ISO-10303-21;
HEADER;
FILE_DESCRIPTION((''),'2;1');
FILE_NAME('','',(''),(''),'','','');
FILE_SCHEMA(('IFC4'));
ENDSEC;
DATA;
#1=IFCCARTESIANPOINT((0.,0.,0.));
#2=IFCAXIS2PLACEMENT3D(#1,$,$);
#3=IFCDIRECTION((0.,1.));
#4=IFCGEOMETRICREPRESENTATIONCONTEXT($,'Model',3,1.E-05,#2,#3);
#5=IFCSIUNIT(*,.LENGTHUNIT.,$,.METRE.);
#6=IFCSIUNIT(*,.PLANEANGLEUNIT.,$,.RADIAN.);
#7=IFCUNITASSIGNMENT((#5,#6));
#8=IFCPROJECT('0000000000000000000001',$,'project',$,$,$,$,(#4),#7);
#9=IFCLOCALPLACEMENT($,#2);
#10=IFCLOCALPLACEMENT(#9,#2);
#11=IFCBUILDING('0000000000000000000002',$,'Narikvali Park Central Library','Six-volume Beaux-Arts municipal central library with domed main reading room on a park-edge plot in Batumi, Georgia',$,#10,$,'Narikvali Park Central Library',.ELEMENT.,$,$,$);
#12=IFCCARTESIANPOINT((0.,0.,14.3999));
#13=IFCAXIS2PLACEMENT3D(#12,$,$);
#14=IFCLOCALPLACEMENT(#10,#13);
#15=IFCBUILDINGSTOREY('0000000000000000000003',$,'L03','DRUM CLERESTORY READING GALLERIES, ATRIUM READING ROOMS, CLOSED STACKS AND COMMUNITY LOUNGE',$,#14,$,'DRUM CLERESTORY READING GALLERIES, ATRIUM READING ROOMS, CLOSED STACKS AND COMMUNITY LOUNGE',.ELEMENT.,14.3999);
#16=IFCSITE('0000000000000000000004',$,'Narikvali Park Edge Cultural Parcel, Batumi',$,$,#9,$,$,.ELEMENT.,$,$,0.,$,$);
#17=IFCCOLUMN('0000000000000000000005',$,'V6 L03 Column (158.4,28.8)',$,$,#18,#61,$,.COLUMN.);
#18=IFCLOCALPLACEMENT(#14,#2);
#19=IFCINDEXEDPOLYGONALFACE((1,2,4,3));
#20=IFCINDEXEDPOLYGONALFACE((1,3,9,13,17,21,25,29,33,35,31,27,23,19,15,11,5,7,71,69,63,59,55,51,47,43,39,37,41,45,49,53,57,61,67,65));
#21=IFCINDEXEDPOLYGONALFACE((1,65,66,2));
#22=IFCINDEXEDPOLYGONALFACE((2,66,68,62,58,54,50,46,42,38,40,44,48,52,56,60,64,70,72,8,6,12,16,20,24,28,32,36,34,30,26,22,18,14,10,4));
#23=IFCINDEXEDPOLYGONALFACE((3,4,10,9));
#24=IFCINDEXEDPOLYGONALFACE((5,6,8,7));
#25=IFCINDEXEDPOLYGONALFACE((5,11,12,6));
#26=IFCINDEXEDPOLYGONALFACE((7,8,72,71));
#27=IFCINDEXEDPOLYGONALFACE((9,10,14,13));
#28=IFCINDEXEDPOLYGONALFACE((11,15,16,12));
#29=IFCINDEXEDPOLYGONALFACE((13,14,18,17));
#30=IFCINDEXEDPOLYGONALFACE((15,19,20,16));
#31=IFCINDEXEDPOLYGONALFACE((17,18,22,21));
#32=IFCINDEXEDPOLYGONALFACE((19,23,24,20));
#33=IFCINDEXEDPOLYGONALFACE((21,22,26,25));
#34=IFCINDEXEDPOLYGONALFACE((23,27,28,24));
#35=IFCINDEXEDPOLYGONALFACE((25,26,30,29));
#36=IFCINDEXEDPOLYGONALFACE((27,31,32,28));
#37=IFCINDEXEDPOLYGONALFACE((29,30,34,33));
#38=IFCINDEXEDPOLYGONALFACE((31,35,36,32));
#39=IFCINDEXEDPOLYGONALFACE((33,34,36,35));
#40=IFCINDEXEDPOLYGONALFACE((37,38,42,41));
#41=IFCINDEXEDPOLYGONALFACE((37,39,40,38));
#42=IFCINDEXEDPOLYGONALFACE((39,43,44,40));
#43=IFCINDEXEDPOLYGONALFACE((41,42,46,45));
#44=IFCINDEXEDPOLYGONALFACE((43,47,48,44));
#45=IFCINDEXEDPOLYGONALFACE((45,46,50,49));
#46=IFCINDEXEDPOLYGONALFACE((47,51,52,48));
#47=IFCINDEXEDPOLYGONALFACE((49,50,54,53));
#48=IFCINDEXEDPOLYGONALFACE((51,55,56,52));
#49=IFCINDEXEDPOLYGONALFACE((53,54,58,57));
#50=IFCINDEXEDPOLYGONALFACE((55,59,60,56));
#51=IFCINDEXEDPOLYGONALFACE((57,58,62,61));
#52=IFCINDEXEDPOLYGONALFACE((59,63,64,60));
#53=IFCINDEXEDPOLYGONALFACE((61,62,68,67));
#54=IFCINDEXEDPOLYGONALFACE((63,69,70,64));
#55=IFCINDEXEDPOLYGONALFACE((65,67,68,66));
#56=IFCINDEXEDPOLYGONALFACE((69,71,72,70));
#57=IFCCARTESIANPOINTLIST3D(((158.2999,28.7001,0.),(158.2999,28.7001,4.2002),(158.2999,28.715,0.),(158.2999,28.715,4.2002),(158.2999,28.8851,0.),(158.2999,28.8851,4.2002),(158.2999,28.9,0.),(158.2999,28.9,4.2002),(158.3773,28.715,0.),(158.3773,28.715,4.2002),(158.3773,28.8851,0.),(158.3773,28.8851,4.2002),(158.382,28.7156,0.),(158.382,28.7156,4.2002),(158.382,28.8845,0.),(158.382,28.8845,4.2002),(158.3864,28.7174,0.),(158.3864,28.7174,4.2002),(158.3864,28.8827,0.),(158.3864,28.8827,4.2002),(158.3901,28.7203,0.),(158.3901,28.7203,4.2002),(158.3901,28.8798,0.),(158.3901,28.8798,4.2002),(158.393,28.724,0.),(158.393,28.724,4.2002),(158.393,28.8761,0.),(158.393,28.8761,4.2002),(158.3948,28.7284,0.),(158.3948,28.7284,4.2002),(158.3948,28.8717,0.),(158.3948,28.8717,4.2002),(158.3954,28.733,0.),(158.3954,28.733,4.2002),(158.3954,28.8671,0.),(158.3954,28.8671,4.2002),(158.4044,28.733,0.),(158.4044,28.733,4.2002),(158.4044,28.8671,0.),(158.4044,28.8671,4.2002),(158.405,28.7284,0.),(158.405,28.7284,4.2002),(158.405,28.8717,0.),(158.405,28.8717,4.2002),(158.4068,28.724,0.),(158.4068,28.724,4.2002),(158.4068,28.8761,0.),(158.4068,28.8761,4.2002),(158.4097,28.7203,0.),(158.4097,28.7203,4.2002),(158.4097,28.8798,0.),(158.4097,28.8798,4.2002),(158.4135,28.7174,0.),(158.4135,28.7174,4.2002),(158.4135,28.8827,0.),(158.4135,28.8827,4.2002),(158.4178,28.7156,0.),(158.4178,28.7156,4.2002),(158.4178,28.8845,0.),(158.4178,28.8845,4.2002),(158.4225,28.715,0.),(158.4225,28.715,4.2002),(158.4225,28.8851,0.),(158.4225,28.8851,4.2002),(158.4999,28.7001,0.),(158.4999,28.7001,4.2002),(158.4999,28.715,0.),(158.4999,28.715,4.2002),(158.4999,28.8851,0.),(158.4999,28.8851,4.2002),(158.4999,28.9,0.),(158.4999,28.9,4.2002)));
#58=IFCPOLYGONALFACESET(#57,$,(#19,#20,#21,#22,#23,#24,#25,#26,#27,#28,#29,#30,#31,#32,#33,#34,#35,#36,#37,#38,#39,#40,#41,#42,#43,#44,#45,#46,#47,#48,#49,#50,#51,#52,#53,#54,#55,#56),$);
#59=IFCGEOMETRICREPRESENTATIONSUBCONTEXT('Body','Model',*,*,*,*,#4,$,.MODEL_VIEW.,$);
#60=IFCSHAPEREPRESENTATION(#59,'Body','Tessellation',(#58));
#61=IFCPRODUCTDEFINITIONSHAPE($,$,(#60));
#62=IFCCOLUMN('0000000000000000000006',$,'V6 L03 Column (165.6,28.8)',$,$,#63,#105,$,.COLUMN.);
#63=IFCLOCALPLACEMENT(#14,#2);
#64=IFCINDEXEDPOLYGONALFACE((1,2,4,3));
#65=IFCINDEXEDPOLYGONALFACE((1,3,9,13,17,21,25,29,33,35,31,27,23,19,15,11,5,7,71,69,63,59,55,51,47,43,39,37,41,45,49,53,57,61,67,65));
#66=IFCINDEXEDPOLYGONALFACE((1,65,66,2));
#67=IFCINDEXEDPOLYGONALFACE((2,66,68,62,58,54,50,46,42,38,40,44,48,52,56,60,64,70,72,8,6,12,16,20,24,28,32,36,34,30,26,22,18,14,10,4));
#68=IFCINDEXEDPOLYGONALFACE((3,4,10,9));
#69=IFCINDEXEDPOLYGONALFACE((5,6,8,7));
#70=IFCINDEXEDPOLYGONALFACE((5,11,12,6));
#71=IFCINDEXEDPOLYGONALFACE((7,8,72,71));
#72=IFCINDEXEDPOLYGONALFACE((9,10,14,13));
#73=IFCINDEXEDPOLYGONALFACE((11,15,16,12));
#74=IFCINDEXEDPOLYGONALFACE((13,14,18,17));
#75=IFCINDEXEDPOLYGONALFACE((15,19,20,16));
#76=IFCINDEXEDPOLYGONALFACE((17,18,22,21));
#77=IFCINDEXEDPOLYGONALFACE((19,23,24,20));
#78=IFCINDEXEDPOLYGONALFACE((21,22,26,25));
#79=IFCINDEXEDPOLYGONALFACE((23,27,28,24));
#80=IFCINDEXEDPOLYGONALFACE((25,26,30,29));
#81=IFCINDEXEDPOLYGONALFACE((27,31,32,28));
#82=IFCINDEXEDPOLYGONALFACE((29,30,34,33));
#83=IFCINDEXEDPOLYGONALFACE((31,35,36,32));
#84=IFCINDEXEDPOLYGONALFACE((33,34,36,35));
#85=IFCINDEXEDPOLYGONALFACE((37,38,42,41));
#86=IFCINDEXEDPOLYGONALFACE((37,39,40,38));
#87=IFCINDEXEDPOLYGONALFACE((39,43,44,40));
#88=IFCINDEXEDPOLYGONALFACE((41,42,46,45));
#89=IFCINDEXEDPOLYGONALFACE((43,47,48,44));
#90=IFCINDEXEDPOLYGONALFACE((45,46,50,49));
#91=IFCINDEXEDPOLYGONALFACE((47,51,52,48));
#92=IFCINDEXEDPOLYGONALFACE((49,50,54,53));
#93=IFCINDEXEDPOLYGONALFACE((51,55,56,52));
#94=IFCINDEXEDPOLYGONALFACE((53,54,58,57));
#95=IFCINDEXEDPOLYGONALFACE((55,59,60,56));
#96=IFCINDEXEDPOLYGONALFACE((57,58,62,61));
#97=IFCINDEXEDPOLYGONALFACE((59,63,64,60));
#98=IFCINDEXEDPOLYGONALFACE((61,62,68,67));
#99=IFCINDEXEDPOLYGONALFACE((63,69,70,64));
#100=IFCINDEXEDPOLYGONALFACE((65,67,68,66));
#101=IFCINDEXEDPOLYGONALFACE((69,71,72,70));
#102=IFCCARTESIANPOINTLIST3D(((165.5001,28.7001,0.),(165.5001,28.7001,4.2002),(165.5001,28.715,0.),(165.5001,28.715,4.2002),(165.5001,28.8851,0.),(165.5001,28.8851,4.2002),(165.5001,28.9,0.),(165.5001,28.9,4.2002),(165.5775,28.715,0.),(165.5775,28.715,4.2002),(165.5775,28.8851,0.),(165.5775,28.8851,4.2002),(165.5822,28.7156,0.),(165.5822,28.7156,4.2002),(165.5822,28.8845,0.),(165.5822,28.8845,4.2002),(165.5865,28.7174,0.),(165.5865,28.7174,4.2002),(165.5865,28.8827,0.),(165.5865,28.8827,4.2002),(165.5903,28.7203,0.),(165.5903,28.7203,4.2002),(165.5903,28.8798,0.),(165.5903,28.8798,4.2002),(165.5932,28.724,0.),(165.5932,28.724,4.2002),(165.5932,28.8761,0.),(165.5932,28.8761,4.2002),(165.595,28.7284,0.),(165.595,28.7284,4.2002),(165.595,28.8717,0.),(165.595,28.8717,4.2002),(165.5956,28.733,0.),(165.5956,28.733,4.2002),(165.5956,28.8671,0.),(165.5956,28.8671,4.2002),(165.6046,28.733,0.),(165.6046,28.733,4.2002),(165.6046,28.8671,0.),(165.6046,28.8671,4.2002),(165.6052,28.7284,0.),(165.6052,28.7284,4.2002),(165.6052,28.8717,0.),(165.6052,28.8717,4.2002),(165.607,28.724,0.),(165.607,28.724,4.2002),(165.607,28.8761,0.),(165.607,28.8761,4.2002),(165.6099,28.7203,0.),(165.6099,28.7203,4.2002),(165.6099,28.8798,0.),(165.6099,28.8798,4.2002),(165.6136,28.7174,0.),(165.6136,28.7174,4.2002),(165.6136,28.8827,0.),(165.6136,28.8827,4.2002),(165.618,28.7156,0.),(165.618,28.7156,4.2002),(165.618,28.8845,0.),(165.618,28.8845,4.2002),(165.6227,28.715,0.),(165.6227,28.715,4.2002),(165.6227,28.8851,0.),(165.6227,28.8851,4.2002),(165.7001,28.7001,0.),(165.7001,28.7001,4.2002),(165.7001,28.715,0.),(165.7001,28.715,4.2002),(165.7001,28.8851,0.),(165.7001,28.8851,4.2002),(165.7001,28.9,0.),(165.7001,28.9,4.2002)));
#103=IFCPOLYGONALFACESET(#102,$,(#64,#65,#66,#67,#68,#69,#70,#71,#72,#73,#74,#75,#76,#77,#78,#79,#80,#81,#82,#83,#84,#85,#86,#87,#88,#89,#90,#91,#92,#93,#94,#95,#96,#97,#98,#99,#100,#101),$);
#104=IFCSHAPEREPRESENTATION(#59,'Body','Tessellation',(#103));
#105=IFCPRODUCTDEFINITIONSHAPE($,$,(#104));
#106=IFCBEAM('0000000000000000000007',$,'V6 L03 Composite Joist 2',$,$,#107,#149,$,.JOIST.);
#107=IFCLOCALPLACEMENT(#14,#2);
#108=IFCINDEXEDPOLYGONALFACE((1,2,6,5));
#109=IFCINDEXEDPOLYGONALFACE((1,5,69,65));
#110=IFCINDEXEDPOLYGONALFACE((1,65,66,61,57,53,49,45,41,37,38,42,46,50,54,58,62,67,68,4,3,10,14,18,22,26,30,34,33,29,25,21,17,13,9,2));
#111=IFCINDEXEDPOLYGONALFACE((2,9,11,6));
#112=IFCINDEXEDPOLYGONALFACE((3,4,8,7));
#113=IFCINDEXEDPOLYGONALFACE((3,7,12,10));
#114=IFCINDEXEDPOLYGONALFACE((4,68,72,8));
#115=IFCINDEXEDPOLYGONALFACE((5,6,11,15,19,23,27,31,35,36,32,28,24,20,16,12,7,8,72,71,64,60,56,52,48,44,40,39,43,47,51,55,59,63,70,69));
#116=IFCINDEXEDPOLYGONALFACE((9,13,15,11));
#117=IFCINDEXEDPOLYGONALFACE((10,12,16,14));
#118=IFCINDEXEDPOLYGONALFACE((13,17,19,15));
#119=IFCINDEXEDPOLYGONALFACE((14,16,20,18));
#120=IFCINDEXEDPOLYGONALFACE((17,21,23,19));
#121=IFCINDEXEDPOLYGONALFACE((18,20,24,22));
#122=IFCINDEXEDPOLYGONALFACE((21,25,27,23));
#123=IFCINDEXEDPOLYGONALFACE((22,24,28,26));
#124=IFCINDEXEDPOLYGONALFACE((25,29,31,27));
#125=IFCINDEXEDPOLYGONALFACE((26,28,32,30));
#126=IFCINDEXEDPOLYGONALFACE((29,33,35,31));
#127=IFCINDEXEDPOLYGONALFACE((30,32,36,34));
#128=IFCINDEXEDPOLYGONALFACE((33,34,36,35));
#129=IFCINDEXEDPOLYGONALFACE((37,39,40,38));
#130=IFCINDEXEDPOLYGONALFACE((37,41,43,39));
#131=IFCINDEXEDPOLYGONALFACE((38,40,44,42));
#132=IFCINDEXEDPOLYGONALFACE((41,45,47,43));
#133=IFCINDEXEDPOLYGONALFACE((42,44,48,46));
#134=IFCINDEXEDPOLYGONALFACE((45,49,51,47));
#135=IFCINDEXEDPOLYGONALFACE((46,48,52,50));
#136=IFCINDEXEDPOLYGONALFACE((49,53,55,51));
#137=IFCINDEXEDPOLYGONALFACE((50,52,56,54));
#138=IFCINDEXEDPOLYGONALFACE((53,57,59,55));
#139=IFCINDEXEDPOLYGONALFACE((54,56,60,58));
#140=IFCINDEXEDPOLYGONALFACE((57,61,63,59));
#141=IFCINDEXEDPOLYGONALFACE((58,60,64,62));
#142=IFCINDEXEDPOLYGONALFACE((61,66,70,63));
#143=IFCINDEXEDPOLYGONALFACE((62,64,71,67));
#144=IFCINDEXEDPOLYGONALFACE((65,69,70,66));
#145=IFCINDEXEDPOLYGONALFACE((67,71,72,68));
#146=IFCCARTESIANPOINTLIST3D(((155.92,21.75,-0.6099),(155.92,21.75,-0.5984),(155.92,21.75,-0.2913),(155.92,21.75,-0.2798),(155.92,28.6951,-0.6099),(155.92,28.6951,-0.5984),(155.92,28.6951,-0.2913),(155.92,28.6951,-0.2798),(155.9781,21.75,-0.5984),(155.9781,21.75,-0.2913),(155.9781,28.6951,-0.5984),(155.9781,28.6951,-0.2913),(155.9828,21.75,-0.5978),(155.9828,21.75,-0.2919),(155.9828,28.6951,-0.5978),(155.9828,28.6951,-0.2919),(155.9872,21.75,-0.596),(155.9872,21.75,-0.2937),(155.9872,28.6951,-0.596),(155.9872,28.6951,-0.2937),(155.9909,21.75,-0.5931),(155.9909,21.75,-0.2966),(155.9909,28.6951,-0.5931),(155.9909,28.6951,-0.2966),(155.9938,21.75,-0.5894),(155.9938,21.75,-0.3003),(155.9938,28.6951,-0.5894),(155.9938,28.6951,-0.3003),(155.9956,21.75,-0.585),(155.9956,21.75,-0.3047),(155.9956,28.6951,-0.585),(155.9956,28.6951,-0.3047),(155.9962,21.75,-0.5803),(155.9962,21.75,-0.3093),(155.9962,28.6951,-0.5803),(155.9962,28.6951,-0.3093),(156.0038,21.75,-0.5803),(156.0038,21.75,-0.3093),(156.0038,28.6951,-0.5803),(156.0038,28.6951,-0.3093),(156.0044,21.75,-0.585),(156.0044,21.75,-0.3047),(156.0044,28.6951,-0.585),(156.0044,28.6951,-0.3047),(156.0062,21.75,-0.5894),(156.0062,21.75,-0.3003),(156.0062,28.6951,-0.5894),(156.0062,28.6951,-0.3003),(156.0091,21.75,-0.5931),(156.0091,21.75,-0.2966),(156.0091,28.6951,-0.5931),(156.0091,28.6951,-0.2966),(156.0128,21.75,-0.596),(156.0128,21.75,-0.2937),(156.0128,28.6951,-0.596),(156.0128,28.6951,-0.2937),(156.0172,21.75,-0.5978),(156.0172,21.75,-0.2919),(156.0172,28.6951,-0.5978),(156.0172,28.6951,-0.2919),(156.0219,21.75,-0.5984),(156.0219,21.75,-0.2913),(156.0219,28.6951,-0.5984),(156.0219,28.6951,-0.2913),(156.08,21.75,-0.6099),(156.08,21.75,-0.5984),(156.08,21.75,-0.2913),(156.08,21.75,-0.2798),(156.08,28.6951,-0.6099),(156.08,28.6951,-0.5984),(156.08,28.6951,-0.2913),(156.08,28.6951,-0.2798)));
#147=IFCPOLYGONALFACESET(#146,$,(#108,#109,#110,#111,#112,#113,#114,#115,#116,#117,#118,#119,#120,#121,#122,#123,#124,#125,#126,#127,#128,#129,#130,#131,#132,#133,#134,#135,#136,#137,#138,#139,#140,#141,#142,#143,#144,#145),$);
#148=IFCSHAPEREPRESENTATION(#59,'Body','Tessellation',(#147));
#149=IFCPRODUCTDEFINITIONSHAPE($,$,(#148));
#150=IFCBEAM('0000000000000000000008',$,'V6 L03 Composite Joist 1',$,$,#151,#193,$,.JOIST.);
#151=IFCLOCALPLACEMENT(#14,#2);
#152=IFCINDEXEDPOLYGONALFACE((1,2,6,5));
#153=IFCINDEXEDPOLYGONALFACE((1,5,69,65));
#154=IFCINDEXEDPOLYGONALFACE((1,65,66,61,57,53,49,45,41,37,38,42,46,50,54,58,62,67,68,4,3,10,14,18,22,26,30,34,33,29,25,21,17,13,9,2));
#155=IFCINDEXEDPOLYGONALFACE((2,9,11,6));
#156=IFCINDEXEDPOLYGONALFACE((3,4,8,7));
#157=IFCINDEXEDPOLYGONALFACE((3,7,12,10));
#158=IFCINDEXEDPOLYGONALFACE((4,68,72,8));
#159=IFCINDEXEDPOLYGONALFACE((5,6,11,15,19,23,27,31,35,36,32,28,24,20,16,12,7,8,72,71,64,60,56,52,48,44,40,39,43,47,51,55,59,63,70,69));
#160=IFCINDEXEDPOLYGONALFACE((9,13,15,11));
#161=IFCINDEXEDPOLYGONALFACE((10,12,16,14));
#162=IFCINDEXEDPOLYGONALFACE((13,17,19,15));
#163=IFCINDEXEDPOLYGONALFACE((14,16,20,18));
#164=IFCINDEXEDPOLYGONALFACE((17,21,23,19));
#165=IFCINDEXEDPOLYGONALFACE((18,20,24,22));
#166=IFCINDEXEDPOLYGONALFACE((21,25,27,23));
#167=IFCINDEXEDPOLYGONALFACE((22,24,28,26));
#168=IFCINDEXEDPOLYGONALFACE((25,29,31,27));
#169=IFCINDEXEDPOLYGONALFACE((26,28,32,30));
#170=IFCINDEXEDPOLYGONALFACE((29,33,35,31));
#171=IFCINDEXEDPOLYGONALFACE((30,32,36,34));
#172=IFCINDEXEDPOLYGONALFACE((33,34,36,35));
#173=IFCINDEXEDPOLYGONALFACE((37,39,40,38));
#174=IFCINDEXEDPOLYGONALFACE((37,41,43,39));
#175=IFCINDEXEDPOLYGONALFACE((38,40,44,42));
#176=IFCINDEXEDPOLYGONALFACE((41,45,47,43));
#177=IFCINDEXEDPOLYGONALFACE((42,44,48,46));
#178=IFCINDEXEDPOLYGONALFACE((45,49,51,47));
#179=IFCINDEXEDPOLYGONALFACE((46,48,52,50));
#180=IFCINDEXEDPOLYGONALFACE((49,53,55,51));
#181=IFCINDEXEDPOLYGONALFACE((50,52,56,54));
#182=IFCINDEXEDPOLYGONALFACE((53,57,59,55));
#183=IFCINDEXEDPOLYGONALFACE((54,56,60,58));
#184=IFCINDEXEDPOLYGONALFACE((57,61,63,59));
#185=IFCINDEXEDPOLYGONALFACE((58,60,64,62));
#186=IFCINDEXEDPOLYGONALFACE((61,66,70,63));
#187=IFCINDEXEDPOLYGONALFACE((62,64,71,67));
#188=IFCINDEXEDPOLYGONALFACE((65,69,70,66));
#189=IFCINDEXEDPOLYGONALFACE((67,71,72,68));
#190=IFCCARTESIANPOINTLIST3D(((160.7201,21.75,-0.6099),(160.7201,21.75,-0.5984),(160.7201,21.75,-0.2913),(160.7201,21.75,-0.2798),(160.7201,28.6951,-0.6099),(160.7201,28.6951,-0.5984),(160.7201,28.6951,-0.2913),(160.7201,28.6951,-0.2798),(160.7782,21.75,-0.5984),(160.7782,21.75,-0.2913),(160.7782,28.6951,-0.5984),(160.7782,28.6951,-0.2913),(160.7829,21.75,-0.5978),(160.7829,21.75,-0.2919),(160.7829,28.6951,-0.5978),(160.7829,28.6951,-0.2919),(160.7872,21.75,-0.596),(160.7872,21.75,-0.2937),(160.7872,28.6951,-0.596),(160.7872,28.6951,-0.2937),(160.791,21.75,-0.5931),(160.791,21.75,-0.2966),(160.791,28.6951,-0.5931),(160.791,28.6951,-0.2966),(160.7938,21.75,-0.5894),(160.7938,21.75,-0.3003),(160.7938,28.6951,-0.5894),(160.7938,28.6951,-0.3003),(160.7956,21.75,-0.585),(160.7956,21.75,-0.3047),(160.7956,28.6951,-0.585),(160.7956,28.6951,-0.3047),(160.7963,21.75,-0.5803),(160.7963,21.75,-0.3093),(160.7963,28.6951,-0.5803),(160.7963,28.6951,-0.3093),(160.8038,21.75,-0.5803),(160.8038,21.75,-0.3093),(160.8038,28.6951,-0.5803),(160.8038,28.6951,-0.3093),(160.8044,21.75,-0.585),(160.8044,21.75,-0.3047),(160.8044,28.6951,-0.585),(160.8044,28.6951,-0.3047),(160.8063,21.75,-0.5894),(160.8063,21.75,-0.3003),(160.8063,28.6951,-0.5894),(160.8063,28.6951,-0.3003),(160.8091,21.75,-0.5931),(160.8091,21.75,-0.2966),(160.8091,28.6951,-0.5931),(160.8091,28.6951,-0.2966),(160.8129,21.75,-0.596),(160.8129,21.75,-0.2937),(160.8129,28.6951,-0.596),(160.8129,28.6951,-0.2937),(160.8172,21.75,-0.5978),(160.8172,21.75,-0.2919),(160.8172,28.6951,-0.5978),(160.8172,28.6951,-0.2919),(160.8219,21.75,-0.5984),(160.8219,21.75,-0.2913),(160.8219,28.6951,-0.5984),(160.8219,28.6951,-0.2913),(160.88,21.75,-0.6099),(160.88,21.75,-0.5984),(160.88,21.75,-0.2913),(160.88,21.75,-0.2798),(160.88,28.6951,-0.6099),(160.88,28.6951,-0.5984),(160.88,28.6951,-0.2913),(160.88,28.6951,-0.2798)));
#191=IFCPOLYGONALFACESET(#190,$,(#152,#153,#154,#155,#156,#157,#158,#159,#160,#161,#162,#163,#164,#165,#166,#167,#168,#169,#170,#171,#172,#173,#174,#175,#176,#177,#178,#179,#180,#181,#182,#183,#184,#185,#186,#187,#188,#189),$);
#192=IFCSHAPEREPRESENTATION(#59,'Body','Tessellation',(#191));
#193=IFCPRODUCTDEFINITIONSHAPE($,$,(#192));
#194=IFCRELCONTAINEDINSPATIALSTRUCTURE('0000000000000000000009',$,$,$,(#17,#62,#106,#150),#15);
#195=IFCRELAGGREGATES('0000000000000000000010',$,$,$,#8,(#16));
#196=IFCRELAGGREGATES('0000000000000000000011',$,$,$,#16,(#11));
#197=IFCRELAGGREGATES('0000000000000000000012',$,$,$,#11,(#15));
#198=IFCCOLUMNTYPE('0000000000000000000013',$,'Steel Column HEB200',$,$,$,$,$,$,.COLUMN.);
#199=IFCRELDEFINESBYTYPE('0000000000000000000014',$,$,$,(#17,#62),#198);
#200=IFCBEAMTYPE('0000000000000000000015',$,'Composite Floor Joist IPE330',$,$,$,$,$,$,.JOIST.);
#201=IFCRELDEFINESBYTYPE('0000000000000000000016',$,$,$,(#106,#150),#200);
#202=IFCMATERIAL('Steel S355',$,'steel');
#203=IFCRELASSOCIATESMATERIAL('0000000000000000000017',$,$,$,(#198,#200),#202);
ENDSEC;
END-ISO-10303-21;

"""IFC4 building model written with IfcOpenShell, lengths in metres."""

from ifc_helpers import new_model, si_unit, direction, frame, origin, origin_2d, place, context, subcontext, project, spatial, i_section, extrude, material, material_profile, profile_set, type_object, element, save


model = new_model("IFC4")

# Units and contexts
model_context = context("Model", 3, precision=1e-05, world=origin(), true_north=direction((0.0, 1.0)))
body_context = subcontext(model_context, "Body", "Model", "MODEL_VIEW")
ifc_project = project(units=[si_unit("LENGTHUNIT", "METRE"), si_unit("PLANEANGLEUNIT", "RADIAN")], contexts=[model_context])

# Site, building, storey
site_placement = place(None, origin())
site = spatial("IfcSite", under=ifc_project, at=site_placement, Name="Narikvali Park Edge Cultural Parcel, Batumi", CompositionType="ELEMENT", RefElevation=0.0)
building_placement = place(site_placement, origin())
building = spatial("IfcBuilding", under=site, at=building_placement, Name="Narikvali Park Central Library", Description="Six-volume Beaux-Arts municipal central library with domed main reading room on a park-edge plot in Batumi, Georgia", LongName="Narikvali Park Central Library", CompositionType="ELEMENT")
storey_placement = place(building_placement, frame((0.0, 0.0, 14.3999)))
storey = spatial("IfcBuildingStorey", under=building, at=storey_placement, Name="L03", Description="DRUM CLERESTORY READING GALLERIES, ATRIUM READING ROOMS, CLOSED STACKS AND COMMUNITY LOUNGE", LongName="DRUM CLERESTORY READING GALLERIES, ATRIUM READING ROOMS, CLOSED STACKS AND COMMUNITY LOUNGE", CompositionType="ELEMENT", Elevation=14.3999)

# Columns
ifc_material_1 = material(Name="Steel S355", Category="steel")
ifc_material_profile_1 = material_profile(ifc_material_1, i_section(OverallWidth=0.2, OverallDepth=0.2, WebThickness=0.009, FlangeThickness=0.0149, FilletRadius=0.0181, at=origin_2d()), Name="HEB 200")
ifc_profile_set_1 = profile_set([ifc_material_profile_1], Name="Steel S355")
column_type = type_object("IfcColumnType", Name="Steel Column HEB200", PredefinedType="COLUMN", material=ifc_profile_set_1)
for number, where, z_axis, x_axis, name in (
    (1, (158.3999, 28.8, 0.0), (0.0, 0.0, 1.0), (1.0, 0.0, 0.0), "V6 L03 Column (158.4,28.8)"),
    (2, (165.6001, 28.8, 0.0), (0.0, 0.0, 1.0), (1.0, 0.0, 0.0), "V6 L03 Column (165.6,28.8)"),
):
    element("IfcColumn", number, at=place(storey_placement, frame(where, z_axis=z_axis, x_axis=x_axis)), inside=storey, type_object=column_type, Name=name, PredefinedType="COLUMN", context=body_context, shape_type="SweptSolid", body=[
        extrude(i_section(OverallWidth=0.2, OverallDepth=0.2, WebThickness=0.009, FlangeThickness=0.0149, FilletRadius=0.0181, at=origin_2d()), origin(), (0.0, 0.0, 1.0), 4.2002),
    ])

# Beams
ifc_material_profile_2 = material_profile(ifc_material_1, i_section(OverallWidth=0.1599, OverallDepth=0.3301, WebThickness=0.0076, FlangeThickness=0.0115, FilletRadius=0.0181, at=origin_2d()), Name="IPE 330")
ifc_profile_set_2 = profile_set([ifc_material_profile_2], Name="Steel S355")
beam_type_1 = type_object("IfcBeamType", Name="Composite Floor Joist IPE330", PredefinedType="JOIST", material=ifc_profile_set_2)
for number, where, z_axis, x_axis, name in (
    (3, (156.0, 21.75, -0.4448), (0.0, 1.0, 0.0), (-1.0, 0.0, 0.0), "V6 L03 Composite Joist 2"),
    (4, (160.8, 21.75, -0.4448), (0.0, 1.0, 0.0), (-1.0, 0.0, 0.0), "V6 L03 Composite Joist 1"),
):
    element("IfcBeam", number, at=place(storey_placement, frame(where, z_axis=z_axis, x_axis=x_axis)), inside=storey, type_object=beam_type_1, Name=name, PredefinedType="JOIST", context=body_context, shape_type="SweptSolid", body=[
        extrude(i_section(OverallWidth=0.1599, OverallDepth=0.3301, WebThickness=0.0076, FlangeThickness=0.0115, FilletRadius=0.0181, at=origin_2d()), origin(), (0.0, 0.0, 1.0), 6.9451),
    ])

save(model, "model.ifc")
